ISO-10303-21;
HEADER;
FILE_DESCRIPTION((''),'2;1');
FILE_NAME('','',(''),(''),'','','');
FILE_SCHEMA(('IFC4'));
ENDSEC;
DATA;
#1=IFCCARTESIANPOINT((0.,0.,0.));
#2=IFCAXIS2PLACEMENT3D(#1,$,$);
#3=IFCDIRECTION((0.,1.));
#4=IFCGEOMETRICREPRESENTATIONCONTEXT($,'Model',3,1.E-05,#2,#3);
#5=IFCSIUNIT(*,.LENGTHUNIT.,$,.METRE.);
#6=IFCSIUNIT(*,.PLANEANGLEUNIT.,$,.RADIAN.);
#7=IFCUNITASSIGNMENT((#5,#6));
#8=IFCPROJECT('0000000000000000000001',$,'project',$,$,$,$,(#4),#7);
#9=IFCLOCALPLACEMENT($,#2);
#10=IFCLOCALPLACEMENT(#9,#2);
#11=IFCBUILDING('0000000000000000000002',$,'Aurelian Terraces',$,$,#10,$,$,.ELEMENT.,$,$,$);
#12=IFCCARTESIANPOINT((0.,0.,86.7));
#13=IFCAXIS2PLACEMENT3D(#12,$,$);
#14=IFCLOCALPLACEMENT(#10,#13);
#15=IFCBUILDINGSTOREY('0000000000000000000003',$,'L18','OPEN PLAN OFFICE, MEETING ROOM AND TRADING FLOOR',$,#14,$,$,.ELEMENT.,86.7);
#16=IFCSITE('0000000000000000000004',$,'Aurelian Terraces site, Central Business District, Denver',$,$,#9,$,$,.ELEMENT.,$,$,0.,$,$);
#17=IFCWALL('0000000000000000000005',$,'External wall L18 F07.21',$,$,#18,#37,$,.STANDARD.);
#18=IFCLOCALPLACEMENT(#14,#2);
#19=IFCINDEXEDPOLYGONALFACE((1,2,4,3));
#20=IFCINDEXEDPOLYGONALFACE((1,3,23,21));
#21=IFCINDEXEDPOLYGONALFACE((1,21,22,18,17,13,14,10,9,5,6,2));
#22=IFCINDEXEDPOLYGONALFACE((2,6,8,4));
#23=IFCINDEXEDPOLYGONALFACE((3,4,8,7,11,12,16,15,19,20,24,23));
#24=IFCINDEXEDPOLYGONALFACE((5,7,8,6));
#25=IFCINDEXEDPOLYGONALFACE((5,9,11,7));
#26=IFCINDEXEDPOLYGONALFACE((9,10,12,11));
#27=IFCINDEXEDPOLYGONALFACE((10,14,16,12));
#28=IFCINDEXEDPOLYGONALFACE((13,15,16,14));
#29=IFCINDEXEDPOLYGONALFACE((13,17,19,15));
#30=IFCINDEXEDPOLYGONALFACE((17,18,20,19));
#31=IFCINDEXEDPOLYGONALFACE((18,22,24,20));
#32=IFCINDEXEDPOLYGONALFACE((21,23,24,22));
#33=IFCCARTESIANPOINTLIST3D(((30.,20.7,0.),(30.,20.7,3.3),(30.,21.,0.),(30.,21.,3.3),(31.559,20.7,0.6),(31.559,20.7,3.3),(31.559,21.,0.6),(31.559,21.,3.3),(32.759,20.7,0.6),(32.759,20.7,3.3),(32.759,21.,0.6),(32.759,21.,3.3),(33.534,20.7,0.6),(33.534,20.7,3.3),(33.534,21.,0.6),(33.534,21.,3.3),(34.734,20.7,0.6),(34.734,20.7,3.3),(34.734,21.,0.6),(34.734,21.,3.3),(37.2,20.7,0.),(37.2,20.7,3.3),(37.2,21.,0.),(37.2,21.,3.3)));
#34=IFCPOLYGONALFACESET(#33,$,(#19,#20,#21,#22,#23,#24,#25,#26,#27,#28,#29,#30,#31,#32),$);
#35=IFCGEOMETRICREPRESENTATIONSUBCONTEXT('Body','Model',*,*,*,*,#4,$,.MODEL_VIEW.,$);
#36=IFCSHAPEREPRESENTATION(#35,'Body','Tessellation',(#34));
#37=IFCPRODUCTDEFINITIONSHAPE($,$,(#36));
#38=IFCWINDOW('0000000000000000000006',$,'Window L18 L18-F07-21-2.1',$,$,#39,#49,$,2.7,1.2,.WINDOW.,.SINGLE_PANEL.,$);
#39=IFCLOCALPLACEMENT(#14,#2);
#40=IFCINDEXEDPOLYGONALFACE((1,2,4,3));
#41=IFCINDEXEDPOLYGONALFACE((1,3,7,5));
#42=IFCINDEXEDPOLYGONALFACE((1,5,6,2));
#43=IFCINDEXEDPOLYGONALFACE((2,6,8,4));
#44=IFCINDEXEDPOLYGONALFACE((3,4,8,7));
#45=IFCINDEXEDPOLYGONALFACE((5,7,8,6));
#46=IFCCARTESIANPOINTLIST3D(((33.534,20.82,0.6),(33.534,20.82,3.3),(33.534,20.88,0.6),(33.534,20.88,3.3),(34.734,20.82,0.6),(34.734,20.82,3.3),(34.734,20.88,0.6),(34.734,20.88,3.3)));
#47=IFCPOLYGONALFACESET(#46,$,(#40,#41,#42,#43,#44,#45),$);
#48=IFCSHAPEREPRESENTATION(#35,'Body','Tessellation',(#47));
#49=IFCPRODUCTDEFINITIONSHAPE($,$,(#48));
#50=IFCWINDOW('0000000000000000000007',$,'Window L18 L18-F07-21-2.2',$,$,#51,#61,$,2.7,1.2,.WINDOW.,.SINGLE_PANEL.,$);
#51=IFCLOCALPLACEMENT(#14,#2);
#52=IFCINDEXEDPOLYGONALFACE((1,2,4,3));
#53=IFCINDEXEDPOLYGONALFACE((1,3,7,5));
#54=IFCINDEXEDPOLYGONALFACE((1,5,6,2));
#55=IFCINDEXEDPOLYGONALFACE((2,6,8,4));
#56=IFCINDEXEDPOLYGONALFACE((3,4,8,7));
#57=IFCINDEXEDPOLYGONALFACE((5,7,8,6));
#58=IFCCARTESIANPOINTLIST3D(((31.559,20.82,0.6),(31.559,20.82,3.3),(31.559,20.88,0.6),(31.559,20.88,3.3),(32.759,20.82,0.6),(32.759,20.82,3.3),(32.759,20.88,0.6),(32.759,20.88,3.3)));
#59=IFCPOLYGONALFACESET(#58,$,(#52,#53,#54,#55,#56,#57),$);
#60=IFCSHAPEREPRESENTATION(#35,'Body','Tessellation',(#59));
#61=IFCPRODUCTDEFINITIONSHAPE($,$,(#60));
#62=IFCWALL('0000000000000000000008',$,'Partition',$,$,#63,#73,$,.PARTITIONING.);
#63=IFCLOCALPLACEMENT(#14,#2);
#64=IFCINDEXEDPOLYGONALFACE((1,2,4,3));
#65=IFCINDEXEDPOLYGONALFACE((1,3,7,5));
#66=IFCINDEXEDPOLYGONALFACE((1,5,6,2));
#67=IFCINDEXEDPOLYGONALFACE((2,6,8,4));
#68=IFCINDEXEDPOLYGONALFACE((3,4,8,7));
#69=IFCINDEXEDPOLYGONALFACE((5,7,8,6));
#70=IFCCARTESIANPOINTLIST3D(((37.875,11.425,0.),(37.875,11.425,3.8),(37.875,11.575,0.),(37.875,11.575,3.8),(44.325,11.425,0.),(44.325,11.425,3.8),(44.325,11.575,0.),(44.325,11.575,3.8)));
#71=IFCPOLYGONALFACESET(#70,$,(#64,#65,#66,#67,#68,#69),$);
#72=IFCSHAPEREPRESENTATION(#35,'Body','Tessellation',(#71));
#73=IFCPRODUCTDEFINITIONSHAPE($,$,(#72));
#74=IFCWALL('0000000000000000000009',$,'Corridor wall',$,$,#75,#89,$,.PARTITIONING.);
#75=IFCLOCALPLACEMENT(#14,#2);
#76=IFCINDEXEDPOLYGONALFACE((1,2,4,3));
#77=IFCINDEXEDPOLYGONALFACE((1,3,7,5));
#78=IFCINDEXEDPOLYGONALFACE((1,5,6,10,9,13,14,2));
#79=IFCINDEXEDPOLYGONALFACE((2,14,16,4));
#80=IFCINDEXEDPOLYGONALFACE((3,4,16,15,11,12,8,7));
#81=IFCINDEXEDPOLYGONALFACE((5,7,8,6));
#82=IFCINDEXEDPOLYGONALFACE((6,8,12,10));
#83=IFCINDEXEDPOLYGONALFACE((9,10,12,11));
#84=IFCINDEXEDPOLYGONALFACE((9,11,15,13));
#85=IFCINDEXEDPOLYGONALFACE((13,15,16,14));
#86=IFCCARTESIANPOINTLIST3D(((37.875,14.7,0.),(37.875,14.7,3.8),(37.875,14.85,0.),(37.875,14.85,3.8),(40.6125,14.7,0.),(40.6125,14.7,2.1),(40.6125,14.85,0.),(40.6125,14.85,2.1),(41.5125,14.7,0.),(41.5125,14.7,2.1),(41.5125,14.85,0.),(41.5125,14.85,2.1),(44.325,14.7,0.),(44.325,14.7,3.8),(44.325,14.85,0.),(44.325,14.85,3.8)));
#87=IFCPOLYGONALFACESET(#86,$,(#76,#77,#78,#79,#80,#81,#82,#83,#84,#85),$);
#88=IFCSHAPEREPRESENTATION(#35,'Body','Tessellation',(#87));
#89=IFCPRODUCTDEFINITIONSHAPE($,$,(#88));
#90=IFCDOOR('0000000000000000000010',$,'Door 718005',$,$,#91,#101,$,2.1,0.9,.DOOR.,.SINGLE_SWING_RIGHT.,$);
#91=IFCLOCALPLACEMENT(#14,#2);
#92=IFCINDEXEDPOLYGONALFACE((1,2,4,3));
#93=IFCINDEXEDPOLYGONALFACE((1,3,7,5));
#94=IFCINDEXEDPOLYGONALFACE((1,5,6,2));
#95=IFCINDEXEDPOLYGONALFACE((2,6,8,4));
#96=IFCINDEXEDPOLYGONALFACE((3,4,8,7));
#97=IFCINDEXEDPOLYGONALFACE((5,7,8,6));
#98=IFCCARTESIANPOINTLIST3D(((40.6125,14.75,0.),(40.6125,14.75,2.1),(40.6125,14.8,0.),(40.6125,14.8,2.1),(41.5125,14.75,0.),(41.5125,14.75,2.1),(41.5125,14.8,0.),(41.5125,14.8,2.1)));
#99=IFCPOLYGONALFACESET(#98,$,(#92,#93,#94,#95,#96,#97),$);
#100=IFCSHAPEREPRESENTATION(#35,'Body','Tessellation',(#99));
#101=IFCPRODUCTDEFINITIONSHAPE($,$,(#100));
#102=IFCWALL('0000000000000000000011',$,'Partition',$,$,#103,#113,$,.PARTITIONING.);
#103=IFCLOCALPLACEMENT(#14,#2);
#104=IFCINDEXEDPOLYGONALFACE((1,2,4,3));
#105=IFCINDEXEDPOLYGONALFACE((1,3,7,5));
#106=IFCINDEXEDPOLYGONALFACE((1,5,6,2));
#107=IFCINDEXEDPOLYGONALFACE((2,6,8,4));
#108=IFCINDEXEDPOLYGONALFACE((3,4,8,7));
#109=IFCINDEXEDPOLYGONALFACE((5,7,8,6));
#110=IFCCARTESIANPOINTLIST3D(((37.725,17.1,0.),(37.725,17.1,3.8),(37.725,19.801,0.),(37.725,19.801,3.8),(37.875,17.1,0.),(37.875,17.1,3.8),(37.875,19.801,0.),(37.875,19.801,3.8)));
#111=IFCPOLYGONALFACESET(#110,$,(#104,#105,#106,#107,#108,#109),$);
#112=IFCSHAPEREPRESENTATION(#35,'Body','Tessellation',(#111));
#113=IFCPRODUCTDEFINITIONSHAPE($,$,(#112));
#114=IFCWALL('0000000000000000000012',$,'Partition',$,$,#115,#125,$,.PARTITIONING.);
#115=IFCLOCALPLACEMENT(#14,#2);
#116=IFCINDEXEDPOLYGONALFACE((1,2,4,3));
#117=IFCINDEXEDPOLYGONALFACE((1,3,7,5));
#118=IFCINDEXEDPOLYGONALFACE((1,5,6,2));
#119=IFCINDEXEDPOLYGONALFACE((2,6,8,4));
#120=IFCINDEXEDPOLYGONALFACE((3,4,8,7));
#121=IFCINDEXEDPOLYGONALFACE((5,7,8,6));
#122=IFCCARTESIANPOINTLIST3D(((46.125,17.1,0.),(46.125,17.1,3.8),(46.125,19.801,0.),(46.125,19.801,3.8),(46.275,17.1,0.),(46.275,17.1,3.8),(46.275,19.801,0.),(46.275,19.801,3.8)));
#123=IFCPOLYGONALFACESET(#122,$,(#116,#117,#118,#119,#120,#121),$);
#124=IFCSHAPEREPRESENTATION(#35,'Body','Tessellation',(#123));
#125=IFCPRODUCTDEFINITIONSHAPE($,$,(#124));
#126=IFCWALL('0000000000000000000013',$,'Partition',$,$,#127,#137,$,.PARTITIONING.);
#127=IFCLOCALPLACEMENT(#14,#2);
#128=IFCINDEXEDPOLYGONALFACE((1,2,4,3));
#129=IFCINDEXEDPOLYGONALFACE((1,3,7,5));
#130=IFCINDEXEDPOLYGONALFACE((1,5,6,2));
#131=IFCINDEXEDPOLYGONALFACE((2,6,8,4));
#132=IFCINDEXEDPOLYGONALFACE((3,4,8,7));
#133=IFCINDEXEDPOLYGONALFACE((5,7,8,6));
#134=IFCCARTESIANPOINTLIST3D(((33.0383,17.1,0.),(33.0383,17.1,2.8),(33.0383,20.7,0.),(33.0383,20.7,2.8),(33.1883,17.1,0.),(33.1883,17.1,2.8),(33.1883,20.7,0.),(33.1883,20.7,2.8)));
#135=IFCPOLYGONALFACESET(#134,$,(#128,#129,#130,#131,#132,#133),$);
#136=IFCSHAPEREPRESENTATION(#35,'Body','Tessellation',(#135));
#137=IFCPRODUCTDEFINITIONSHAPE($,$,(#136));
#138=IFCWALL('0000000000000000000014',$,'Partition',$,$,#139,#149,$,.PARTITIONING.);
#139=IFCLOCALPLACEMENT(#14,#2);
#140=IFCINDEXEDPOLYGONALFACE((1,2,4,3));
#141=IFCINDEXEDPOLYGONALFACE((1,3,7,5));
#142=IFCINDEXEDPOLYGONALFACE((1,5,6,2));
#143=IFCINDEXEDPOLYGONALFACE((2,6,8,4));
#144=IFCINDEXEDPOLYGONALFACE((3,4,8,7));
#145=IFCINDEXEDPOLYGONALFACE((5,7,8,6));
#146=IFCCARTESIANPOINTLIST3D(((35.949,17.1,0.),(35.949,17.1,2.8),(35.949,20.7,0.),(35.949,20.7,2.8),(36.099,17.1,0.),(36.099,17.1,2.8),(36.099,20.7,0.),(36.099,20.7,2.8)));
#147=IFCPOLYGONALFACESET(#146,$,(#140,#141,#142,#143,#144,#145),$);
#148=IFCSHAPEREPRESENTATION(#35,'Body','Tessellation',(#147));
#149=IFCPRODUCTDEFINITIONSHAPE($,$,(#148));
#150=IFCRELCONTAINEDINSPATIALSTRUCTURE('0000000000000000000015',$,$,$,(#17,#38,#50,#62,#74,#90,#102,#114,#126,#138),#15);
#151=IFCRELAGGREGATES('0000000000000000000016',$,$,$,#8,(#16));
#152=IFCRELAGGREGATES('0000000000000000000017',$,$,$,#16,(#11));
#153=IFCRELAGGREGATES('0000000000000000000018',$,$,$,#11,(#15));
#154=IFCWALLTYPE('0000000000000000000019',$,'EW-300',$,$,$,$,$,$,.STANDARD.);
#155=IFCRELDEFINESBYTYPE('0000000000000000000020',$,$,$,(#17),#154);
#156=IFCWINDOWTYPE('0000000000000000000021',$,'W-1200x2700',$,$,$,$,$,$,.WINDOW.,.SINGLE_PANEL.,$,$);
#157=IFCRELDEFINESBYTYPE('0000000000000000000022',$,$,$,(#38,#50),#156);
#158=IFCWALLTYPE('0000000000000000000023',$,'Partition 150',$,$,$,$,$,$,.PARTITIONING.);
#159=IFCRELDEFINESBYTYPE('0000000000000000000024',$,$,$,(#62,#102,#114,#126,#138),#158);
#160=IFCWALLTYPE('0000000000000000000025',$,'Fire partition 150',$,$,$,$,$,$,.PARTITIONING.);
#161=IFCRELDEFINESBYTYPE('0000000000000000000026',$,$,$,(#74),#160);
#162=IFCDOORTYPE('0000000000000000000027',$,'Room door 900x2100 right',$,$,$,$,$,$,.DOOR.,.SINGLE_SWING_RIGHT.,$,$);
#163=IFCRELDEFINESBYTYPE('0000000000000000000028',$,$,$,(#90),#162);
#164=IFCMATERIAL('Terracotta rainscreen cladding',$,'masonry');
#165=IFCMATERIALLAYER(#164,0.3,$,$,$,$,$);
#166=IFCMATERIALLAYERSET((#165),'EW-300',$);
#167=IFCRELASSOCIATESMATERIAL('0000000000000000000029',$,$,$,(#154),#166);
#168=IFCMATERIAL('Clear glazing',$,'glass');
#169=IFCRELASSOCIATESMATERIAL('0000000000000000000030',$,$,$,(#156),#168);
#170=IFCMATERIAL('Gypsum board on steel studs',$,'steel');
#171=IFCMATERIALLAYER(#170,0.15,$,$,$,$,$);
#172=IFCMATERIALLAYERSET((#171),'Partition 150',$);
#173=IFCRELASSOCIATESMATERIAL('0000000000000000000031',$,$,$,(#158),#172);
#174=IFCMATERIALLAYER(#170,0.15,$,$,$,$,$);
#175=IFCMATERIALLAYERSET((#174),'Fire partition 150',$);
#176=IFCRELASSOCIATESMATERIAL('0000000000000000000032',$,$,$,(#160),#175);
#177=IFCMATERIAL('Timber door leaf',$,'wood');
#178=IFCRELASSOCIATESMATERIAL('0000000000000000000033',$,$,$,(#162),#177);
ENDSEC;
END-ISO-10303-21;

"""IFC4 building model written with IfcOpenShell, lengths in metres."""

from ifc_helpers import new_model, si_unit, direction, frame, frame_2d, origin, place, context, subcontext, project, spatial, rectangle, extrude, source, transform, mapped, material, layer, layer_set, type_object, element, fill, save


model = new_model("IFC4")

# Units and contexts
model_context = context("Model", 3, precision=1e-05, world=origin(), true_north=direction((0.0, 1.0)))
body_context = subcontext(model_context, "Body", "Model", "MODEL_VIEW")
ifc_project = project(units=[si_unit("LENGTHUNIT", "METRE"), si_unit("PLANEANGLEUNIT", "RADIAN")], contexts=[model_context])

# Site, building, storey
site_placement = place(None, origin())
site = spatial("IfcSite", under=ifc_project, at=site_placement, Name="Aurelian Terraces site, Central Business District, Denver", CompositionType="ELEMENT", RefElevation=0.0)
building_placement = place(site_placement, origin())
building = spatial("IfcBuilding", under=site, at=building_placement, Name="Aurelian Terraces", CompositionType="ELEMENT")
storey_placement = place(building_placement, frame((0.0, 0.0, 86.7)))
storey = spatial("IfcBuildingStorey", under=building, at=storey_placement, Name="L18", Description="OPEN PLAN OFFICE, MEETING ROOM AND TRADING FLOOR", CompositionType="ELEMENT", Elevation=86.7)

# Wall, openings, windows
ifc_material_1 = material(Name="Terracotta rainscreen cladding", Category="masonry")
ifc_layer_1 = layer(ifc_material_1, 0.3)
ifc_layer_set_1 = layer_set([ifc_layer_1], Name="EW-300")
wall_type_1 = type_object("IfcWallType", Name="EW-300", PredefinedType="STANDARD", material=ifc_layer_set_1)
ifc_material_2 = material(Name="Clear glazing", Category="glass")
shared_shape_1 = source(origin(), body_context, "Body", "SweptSolid", [
    extrude(rectangle(XDim=7.2, YDim=0.3, at=frame_2d((3.6, 0.0))), origin(), (0.0, 0.0, 1.0), 3.3),
])
wall_1_placement = place(storey_placement, frame((37.2, 20.85, 0.0), z_axis=(0.0, 0.0, 1.0), x_axis=(-1.0, 0.0, 0.0)))
wall_1 = element("IfcWall", 1, at=wall_1_placement, inside=storey, type_object=wall_type_1, Name="External wall L18 F07.21", PredefinedType="STANDARD", context=body_context, shape_type="MappedRepresentation", body=[
    mapped(shared_shape_1, transform((0.0, 0.0, 0.0), scale=1.0)),
])
shared_shape_2 = source(origin(), body_context, "Body", "SweptSolid", [
    extrude(rectangle(XDim=1.2, YDim=2.7, at=frame_2d((0.6, 1.35))), frame((0.0, 0.16, 0.0), z_axis=(0.0, -1.0, 0.0), x_axis=(1.0, 0.0, 0.0)), (0.0, 0.0, 1.0), 0.32),
])
opening_1_placement = place(wall_1_placement, frame((2.466, 0.0, 0.6)))
opening_1 = element("IfcOpeningElement", 2, at=opening_1_placement, cuts=wall_1, PredefinedType="OPENING", context=body_context, shape_type="MappedRepresentation", body=[
    mapped(shared_shape_2, transform((0.0, 0.0, 0.0), scale=1.0)),
])
opening_2_placement = place(wall_1_placement, frame((4.441, 0.0, 0.6)))
opening_2 = element("IfcOpeningElement", 3, at=opening_2_placement, cuts=wall_1, PredefinedType="OPENING", context=body_context, shape_type="MappedRepresentation", body=[
    mapped(shared_shape_2, transform((0.0, 0.0, 0.0), scale=1.0)),
])
window_type_1 = type_object("IfcWindowType", Name="W-1200x2700", PartitioningType="SINGLE_PANEL", PredefinedType="WINDOW", material=ifc_material_2)
shared_shape_3 = source(origin(), body_context, "Body", "SweptSolid", [
    extrude(rectangle(XDim=1.2, YDim=2.7, at=frame_2d((0.6, 1.35))), frame((0.0, 0.03, 0.0), z_axis=(0.0, -1.0, 0.0), x_axis=(1.0, 0.0, 0.0)), (0.0, 0.0, 1.0), 0.06),
])
window_1_placement = place(opening_1_placement, origin())
window_1 = element("IfcWindow", 4, at=window_1_placement, inside=storey, type_object=window_type_1, Name="Window L18 L18-F07-21-2.1", OverallHeight=2.7, OverallWidth=1.2, PartitioningType="SINGLE_PANEL", PredefinedType="WINDOW", context=body_context, shape_type="MappedRepresentation", body=[
    mapped(shared_shape_3, transform((0.0, 0.0, 0.0), scale=1.0)),
])
fill(opening_1, window_1)
window_2_placement = place(opening_2_placement, origin())
window_2 = element("IfcWindow", 5, at=window_2_placement, inside=storey, type_object=window_type_1, Name="Window L18 L18-F07-21-2.2", OverallHeight=2.7, OverallWidth=1.2, PartitioningType="SINGLE_PANEL", PredefinedType="WINDOW", context=body_context, shape_type="MappedRepresentation", body=[
    mapped(shared_shape_3, transform((0.0, 0.0, 0.0), scale=1.0)),
])
fill(opening_2, window_2)

# Wall
ifc_material_3 = material(Name="Gypsum board on steel studs", Category="steel")
ifc_layer_2 = layer(ifc_material_3, 0.15)
ifc_layer_set_2 = layer_set([ifc_layer_2], Name="Partition 150")
wall_type_2 = type_object("IfcWallType", Name="Partition 150", PredefinedType="PARTITIONING", material=ifc_layer_set_2)
shared_shape_4 = source(origin(), body_context, "Body", "SweptSolid", [
    extrude(rectangle(XDim=6.45, YDim=0.15, at=frame_2d((3.225, 0.0))), origin(), (0.0, 0.0, 1.0), 3.8),
])
wall_2_placement = place(storey_placement, frame((37.875, 11.5, 0.0), z_axis=(0.0, 0.0, 1.0), x_axis=(1.0, 0.0, 0.0)))
element("IfcWall", 6, at=wall_2_placement, inside=storey, type_object=wall_type_2, Name="Partition", PredefinedType="PARTITIONING", context=body_context, shape_type="MappedRepresentation", body=[
    mapped(shared_shape_4, transform((0.0, 0.0, 0.0), scale=1.0)),
])

# Wall, opening, door
ifc_layer_3 = layer(ifc_material_3, 0.15)
ifc_layer_set_3 = layer_set([ifc_layer_3], Name="Fire partition 150")
wall_type_3 = type_object("IfcWallType", Name="Fire partition 150", PredefinedType="PARTITIONING", material=ifc_layer_set_3)
wall_3_placement = place(storey_placement, frame((44.325, 14.775, 0.0), z_axis=(0.0, 0.0, 1.0), x_axis=(-1.0, 0.0, 0.0)))
wall_3 = element("IfcWall", 7, at=wall_3_placement, inside=storey, type_object=wall_type_3, Name="Corridor wall", PredefinedType="PARTITIONING", context=body_context, shape_type="MappedRepresentation", body=[
    mapped(shared_shape_4, transform((0.0, 0.0, 0.0), scale=1.0)),
])
shared_shape_5 = source(origin(), body_context, "Body", "SweptSolid", [
    extrude(rectangle(XDim=0.9, YDim=2.1, at=frame_2d((0.45, 1.05))), frame((0.0, 0.085, 0.0), z_axis=(0.0, -1.0, 0.0), x_axis=(1.0, 0.0, 0.0)), (0.0, 0.0, 1.0), 0.17),
])
opening_3_placement = place(wall_3_placement, frame((2.8125, 0.0, 0.0)))
opening_3 = element("IfcOpeningElement", 8, at=opening_3_placement, cuts=wall_3, PredefinedType="OPENING", context=body_context, shape_type="MappedRepresentation", body=[
    mapped(shared_shape_5, transform((0.0, 0.0, 0.0), scale=1.0)),
])
ifc_material_4 = material(Name="Timber door leaf", Category="wood")
door_type_1 = type_object("IfcDoorType", Name="Room door 900x2100 right", OperationType="SINGLE_SWING_RIGHT", PredefinedType="DOOR", material=ifc_material_4)
shared_shape_6 = source(origin(), body_context, "Body", "SweptSolid", [
    extrude(rectangle(XDim=0.9, YDim=2.1, at=frame_2d((0.45, 1.05))), frame((0.0, 0.025, 0.0), z_axis=(0.0, -1.0, 0.0), x_axis=(1.0, 0.0, 0.0)), (0.0, 0.0, 1.0), 0.05),
])
door_1_placement = place(opening_3_placement, origin())
door_1 = element("IfcDoor", 9, at=door_1_placement, inside=storey, type_object=door_type_1, Name="Door 718005", OperationType="SINGLE_SWING_RIGHT", OverallHeight=2.1, OverallWidth=0.9, PredefinedType="DOOR", context=body_context, shape_type="MappedRepresentation", body=[
    mapped(shared_shape_6, transform((0.0, 0.0, 0.0), scale=1.0)),
])
fill(opening_3, door_1)

# Walls
shared_shape_7 = source(origin(), body_context, "Body", "SweptSolid", [
    extrude(rectangle(XDim=2.701, YDim=0.15, at=frame_2d((1.3505, 0.0))), origin(), (0.0, 0.0, 1.0), 3.8),
])
for number, where, z_axis, x_axis, name in (
    (10, (37.8, 17.1, 0.0), (0.0, 0.0, 1.0), (0.0, 1.0, 0.0), "Partition"),
    (11, (46.2, 17.1, 0.0), (0.0, 0.0, 1.0), (0.0, 1.0, 0.0), "Partition"),
):
    element("IfcWall", number, at=place(storey_placement, frame(where, z_axis=z_axis, x_axis=x_axis)), inside=storey, type_object=wall_type_2, Name=name, PredefinedType="PARTITIONING", context=body_context, shape_type="MappedRepresentation", body=[
        mapped(shared_shape_7, transform((0.0, 0.0, 0.0), scale=1.0)),
    ])
shared_shape_8 = source(origin(), body_context, "Body", "SweptSolid", [
    extrude(rectangle(XDim=3.6, YDim=0.15, at=frame_2d((1.8, 0.0))), origin(), (0.0, 0.0, 1.0), 2.8),
])
for number, where, z_axis, x_axis, name in (
    (12, (33.1133, 20.7, 0.0), (0.0, 0.0, 1.0), (0.0, -1.0, 0.0), "Partition"),
    (13, (36.024, 20.7, 0.0), (0.0, 0.0, 1.0), (0.0, -1.0, 0.0), "Partition"),
):
    element("IfcWall", number, at=place(storey_placement, frame(where, z_axis=z_axis, x_axis=x_axis)), inside=storey, type_object=wall_type_2, Name=name, PredefinedType="PARTITIONING", context=body_context, shape_type="MappedRepresentation", body=[
        mapped(shared_shape_8, transform((0.0, 0.0, 0.0), scale=1.0)),
    ])

save(model, "model.ifc")
